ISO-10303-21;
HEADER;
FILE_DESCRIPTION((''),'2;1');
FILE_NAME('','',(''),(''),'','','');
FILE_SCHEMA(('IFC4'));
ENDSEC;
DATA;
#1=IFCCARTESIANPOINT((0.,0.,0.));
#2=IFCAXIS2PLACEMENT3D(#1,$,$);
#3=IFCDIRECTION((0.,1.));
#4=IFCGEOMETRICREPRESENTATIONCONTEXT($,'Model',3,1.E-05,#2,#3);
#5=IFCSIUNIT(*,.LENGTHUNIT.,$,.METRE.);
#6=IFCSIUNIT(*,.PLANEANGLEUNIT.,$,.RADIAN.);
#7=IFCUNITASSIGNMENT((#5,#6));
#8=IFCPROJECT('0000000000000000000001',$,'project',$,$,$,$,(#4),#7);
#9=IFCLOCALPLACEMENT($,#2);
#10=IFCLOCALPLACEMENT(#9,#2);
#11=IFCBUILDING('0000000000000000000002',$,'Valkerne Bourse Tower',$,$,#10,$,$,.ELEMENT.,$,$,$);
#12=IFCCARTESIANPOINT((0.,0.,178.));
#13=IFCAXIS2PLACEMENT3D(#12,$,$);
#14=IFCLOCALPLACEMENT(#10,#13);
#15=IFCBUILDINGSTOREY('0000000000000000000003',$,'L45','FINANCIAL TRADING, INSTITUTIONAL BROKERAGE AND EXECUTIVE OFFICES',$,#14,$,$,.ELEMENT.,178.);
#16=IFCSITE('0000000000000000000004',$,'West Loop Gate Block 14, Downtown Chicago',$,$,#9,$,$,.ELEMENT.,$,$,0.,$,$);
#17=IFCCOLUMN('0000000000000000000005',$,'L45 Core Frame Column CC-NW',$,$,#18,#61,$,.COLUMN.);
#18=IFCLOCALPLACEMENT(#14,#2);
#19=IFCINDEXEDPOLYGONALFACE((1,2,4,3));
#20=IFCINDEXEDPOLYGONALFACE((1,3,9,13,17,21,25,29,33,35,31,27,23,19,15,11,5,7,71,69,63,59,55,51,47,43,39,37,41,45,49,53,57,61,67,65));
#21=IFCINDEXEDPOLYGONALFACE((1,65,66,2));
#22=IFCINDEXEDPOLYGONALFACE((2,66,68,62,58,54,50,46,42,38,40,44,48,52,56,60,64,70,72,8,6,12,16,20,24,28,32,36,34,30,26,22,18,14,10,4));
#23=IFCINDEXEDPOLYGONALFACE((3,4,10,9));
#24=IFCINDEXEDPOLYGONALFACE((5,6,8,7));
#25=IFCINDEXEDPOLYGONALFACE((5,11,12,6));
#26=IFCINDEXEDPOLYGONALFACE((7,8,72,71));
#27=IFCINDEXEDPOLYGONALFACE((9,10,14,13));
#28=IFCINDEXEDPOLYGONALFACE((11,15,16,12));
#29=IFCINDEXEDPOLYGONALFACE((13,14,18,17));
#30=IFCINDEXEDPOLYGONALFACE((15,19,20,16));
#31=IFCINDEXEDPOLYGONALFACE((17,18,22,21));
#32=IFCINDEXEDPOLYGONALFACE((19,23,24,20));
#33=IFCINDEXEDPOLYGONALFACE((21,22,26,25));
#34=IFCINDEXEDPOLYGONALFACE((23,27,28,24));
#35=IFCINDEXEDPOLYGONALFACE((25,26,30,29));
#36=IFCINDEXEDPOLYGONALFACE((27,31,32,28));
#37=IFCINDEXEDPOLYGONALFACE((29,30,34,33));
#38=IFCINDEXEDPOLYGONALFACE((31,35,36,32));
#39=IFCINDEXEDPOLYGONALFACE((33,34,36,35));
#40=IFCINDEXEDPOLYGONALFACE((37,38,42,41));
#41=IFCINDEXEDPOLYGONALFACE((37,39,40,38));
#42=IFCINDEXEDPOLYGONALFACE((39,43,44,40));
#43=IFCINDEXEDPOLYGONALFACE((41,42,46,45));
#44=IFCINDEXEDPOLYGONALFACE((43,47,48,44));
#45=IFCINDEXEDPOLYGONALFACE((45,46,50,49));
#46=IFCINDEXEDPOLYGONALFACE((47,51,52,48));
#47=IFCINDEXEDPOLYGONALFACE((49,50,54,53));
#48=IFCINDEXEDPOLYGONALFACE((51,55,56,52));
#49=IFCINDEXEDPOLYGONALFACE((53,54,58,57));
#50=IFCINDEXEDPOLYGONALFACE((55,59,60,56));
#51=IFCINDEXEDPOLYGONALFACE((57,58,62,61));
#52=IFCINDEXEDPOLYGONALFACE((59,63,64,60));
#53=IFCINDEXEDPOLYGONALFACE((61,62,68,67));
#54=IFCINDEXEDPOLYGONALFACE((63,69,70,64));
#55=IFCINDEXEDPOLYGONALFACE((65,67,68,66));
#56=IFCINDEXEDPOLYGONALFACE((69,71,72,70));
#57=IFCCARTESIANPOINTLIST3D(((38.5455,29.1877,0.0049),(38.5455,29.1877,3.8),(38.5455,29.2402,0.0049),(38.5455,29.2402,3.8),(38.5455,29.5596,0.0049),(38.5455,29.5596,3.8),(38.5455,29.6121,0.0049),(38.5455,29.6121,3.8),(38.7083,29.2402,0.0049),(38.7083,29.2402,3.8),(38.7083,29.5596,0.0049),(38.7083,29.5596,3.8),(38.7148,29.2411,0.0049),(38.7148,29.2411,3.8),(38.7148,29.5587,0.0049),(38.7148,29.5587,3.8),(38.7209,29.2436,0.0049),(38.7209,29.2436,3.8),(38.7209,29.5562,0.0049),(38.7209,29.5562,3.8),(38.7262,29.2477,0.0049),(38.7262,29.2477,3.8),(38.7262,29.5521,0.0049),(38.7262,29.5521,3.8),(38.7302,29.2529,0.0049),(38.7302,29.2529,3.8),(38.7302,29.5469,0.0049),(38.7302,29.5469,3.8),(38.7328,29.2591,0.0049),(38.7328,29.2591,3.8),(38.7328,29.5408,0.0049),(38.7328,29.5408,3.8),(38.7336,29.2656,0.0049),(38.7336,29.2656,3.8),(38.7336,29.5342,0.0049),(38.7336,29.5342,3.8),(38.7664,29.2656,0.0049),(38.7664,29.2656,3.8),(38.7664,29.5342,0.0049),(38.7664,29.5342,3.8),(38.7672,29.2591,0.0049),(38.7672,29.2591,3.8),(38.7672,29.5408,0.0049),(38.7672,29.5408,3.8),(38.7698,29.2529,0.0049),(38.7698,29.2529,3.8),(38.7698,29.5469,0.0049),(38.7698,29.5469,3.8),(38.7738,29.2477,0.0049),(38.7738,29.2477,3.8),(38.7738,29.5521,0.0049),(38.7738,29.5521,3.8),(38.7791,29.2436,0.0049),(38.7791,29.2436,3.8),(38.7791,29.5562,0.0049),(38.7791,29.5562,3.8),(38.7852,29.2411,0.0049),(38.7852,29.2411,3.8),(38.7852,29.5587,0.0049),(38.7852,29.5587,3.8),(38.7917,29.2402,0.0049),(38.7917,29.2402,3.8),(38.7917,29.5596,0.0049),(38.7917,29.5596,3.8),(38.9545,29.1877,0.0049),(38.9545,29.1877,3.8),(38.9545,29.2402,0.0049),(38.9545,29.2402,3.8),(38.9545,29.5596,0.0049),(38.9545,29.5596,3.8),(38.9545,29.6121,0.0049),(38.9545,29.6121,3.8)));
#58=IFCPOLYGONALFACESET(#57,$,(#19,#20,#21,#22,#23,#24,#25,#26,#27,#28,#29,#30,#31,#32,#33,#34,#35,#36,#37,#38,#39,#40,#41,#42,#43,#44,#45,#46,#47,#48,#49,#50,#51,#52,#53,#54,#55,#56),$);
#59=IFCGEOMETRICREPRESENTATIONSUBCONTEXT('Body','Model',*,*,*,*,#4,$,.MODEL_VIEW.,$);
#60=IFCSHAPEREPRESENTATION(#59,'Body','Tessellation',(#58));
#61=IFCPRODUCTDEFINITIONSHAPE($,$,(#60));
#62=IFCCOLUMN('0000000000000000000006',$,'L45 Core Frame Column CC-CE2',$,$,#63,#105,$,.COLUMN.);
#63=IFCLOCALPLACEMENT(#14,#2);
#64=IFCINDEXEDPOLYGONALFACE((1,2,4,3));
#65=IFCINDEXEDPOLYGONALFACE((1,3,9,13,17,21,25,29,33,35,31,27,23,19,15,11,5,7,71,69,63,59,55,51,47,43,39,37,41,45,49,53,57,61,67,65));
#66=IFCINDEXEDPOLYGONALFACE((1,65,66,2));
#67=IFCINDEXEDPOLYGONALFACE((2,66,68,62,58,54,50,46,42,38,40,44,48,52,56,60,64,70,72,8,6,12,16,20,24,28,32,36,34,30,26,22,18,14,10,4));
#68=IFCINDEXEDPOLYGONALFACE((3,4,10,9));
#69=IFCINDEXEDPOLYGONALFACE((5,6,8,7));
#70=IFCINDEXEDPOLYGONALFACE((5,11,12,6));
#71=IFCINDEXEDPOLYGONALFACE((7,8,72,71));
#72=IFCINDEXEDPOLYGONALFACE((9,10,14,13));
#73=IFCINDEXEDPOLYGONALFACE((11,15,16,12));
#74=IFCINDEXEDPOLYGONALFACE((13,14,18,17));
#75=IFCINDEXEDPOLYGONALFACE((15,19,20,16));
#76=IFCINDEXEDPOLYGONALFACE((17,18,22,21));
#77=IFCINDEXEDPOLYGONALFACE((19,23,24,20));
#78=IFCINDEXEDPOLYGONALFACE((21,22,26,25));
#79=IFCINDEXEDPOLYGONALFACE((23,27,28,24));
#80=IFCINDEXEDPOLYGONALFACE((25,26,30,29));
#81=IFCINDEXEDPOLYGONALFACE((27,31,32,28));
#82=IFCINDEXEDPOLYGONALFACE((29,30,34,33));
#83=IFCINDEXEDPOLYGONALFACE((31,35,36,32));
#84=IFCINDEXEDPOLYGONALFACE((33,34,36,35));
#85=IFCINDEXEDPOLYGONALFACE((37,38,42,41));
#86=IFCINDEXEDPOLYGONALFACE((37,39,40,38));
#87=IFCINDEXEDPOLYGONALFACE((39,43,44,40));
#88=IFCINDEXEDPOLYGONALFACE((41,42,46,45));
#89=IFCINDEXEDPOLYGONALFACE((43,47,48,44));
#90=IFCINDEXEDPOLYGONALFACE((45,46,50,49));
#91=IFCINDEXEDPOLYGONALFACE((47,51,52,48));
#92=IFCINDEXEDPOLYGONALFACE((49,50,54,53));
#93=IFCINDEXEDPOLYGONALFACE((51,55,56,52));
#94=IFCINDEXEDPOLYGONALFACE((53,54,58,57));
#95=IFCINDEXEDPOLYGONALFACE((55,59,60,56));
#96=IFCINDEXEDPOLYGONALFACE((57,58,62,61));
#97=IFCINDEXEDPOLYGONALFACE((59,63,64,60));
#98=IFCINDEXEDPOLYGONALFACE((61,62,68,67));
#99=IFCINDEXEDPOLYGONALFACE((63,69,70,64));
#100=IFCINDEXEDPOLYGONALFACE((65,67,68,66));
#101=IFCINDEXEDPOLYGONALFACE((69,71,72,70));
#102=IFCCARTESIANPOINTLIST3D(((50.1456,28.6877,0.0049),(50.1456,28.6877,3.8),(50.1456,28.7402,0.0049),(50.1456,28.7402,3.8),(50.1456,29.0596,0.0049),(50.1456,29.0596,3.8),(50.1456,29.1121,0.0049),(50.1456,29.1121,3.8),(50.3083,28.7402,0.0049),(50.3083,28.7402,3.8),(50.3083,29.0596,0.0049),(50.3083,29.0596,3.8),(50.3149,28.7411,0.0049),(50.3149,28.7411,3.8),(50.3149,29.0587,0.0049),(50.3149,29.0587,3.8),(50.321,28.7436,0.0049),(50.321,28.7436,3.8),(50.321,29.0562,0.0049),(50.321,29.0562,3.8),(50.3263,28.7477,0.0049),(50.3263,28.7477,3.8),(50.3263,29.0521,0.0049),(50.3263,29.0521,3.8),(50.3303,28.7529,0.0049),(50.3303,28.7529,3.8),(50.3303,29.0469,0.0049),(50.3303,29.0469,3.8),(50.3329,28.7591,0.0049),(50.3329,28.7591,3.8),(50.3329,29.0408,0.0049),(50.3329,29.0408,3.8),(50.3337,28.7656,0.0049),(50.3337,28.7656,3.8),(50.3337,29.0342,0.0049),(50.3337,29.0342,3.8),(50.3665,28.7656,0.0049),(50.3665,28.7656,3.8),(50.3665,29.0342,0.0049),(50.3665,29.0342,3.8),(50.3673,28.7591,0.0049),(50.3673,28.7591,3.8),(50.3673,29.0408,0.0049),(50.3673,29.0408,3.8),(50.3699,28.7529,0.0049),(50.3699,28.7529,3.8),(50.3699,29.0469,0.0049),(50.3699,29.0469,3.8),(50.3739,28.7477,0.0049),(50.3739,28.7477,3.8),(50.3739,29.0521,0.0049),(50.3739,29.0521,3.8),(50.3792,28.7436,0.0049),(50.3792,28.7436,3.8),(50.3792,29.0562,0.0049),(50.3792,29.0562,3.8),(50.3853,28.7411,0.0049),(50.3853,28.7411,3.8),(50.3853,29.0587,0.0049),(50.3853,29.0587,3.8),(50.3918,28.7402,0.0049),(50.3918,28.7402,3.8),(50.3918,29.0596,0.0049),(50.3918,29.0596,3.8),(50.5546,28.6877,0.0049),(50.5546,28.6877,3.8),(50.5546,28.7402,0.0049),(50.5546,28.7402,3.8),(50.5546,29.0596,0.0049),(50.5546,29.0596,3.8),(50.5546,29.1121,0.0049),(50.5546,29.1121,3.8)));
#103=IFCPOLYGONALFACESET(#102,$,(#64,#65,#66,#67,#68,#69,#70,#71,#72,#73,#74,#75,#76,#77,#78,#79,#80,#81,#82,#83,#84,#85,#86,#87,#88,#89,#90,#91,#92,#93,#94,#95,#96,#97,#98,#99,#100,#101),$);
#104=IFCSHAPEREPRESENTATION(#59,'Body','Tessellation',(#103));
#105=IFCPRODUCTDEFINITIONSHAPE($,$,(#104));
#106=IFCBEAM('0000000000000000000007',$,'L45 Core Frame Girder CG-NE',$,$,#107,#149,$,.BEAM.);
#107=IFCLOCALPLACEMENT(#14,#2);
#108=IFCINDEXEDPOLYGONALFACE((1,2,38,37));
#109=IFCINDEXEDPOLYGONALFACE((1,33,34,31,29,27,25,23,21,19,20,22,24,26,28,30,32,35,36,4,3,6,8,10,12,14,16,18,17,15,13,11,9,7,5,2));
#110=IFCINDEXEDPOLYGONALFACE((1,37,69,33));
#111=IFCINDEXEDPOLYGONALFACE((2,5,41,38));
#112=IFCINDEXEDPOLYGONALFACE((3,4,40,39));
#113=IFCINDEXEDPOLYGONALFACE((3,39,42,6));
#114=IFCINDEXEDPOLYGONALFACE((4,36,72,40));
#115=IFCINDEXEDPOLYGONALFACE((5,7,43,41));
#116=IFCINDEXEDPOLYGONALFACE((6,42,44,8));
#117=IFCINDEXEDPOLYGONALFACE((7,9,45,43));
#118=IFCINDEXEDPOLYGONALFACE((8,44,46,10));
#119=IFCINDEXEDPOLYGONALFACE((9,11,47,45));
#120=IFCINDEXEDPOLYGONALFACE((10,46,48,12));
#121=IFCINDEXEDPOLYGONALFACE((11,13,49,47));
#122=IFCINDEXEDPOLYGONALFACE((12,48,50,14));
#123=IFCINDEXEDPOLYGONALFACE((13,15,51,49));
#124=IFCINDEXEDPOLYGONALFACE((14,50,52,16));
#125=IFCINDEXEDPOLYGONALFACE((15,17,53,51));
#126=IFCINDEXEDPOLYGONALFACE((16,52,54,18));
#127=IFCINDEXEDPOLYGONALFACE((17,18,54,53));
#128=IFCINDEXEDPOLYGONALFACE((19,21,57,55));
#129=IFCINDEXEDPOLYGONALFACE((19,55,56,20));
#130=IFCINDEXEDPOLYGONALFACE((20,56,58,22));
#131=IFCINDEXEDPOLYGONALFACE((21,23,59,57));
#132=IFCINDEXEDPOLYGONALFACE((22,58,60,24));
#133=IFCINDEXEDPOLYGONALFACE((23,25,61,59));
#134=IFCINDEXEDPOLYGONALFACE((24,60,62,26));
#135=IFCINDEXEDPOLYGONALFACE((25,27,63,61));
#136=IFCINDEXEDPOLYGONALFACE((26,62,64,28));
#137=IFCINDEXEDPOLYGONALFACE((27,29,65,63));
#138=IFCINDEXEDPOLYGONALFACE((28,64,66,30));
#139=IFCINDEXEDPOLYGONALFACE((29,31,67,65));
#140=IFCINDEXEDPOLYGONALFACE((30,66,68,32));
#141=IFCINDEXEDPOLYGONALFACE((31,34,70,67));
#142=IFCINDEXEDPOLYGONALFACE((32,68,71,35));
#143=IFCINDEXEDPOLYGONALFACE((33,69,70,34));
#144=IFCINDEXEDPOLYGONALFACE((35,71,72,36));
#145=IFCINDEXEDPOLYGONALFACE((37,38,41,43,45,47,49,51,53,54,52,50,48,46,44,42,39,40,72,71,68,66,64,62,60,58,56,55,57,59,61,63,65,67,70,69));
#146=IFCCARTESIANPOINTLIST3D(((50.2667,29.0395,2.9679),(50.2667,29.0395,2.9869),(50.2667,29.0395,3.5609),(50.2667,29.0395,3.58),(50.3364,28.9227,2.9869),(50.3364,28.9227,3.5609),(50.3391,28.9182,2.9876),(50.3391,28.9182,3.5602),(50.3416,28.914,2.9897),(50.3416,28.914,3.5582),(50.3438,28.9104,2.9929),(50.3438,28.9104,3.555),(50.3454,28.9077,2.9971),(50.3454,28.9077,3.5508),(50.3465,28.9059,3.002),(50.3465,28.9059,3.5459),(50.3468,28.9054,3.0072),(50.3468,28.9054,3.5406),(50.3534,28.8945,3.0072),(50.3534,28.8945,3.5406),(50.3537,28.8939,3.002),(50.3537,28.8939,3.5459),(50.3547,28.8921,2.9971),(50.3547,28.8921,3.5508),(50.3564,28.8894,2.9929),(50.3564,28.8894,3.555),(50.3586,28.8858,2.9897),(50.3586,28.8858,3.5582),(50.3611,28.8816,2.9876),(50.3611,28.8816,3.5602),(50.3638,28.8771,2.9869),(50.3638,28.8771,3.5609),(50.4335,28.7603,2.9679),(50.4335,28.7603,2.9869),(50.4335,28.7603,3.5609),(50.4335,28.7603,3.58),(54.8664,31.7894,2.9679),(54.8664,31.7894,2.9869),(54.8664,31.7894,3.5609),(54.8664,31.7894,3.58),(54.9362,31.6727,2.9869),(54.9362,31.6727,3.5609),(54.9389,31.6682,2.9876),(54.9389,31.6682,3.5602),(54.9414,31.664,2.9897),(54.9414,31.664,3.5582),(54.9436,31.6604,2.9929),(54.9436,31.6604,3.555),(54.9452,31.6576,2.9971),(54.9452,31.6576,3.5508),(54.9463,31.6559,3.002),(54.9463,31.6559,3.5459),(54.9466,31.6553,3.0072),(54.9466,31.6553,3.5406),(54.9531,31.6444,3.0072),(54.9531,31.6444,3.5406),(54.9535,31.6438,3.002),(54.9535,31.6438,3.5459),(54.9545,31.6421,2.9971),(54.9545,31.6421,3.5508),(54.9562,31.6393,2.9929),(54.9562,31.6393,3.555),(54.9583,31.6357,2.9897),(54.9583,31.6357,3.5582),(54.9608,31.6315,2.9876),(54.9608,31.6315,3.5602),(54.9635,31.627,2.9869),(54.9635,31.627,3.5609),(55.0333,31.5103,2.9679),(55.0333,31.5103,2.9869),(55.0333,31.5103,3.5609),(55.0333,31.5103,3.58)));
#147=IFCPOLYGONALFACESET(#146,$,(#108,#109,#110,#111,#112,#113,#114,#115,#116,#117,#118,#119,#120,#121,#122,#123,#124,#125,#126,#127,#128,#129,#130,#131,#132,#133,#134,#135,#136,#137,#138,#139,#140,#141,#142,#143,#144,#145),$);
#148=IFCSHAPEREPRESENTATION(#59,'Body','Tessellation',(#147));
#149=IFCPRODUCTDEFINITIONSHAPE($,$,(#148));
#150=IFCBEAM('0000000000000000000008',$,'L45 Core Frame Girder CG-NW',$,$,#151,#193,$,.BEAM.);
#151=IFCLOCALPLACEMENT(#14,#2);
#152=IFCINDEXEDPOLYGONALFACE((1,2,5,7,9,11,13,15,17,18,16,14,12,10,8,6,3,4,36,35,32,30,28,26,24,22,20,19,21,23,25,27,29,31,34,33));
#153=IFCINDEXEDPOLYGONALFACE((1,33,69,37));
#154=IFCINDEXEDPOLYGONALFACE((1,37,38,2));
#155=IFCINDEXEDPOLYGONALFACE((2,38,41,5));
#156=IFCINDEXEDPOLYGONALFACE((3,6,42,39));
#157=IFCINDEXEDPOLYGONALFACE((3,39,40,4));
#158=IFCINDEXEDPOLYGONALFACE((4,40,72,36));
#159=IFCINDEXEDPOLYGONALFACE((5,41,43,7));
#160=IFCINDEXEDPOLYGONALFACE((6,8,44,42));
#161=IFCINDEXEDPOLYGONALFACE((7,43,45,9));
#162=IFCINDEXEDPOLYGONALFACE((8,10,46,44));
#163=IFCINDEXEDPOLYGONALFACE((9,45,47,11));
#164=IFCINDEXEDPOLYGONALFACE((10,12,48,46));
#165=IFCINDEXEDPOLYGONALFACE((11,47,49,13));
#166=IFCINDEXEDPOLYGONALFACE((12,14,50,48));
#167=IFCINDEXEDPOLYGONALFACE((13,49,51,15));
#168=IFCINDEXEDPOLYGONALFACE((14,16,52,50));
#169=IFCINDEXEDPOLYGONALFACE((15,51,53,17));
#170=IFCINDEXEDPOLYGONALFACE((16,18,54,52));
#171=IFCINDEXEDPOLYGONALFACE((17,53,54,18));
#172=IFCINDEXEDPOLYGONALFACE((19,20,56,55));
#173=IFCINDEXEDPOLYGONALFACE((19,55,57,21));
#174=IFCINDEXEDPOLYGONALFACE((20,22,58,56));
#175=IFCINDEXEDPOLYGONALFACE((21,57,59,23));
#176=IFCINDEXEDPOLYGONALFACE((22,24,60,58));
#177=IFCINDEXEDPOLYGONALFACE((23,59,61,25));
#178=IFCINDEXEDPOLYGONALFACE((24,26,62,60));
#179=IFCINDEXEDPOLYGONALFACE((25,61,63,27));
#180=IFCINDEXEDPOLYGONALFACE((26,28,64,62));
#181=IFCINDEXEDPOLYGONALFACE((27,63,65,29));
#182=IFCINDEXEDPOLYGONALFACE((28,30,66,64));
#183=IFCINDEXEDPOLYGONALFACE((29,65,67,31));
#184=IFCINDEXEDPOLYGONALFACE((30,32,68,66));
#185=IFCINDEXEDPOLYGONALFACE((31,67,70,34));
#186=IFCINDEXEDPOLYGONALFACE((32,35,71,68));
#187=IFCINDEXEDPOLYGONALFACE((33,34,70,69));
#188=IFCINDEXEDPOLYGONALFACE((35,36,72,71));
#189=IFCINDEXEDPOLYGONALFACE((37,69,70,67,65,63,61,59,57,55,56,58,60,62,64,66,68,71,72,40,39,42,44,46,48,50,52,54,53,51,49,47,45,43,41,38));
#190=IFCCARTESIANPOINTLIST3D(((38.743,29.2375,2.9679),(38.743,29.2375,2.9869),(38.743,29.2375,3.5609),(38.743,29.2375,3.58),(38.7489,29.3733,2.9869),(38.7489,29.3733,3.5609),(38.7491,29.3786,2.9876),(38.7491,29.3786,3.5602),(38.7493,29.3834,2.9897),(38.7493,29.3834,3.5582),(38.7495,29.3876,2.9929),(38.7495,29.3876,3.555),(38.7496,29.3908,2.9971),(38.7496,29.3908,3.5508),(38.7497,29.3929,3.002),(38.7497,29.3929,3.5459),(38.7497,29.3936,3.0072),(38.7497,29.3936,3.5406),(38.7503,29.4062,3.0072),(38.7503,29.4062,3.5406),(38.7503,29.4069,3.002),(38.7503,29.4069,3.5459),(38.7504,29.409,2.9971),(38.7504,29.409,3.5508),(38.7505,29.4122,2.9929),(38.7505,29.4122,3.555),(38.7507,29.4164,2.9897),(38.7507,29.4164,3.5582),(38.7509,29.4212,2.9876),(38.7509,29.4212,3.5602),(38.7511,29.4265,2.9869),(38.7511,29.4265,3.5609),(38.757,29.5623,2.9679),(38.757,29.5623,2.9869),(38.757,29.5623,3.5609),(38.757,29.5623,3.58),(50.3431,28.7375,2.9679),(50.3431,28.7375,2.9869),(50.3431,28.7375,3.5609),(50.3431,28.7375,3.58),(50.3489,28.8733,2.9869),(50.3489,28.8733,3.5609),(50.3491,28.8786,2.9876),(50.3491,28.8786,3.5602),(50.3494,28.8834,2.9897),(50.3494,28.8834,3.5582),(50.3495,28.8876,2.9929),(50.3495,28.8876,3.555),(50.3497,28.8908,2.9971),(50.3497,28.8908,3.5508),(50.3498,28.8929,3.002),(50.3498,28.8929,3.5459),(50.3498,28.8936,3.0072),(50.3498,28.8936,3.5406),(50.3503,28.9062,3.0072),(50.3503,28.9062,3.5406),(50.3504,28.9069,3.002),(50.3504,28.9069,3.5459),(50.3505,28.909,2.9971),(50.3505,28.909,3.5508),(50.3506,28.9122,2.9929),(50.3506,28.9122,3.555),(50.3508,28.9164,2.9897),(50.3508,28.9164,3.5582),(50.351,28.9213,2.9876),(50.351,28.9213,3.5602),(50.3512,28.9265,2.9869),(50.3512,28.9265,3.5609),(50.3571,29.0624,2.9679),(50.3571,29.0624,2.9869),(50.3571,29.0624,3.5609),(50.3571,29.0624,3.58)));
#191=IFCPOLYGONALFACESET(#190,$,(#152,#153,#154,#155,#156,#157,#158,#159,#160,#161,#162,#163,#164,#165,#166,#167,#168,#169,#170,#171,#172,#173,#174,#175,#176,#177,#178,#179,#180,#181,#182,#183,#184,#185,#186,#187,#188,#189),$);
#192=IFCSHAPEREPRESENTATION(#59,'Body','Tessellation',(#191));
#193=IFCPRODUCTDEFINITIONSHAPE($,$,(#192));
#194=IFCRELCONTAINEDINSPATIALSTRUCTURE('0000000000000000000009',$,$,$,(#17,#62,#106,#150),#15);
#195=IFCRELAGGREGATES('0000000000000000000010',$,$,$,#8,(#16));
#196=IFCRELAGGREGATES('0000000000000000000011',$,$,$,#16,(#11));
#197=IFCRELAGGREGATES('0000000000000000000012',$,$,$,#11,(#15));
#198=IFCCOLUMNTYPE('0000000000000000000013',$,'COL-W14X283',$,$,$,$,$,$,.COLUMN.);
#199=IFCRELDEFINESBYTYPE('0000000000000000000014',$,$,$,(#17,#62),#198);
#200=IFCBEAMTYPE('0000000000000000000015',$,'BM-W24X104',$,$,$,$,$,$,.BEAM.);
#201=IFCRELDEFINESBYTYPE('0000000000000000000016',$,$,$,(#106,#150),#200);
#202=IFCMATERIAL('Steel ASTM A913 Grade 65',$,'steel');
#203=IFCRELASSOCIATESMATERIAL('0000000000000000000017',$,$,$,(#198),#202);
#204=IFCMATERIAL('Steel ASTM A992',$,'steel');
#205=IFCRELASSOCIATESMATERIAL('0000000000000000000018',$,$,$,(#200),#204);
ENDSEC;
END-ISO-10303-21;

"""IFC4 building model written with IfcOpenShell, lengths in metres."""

from ifc_helpers import new_model, si_unit, direction, frame, origin, origin_2d, place, context, subcontext, project, spatial, i_section, extrude, material, material_profile, profile_set, type_object, element, save


model = new_model("IFC4")

# Units and contexts
model_context = context("Model", 3, precision=1e-05, world=origin(), true_north=direction((0.0, 1.0)))
body_context = subcontext(model_context, "Body", "Model", "MODEL_VIEW")
ifc_project = project(units=[si_unit("LENGTHUNIT", "METRE"), si_unit("PLANEANGLEUNIT", "RADIAN")], contexts=[model_context])

# Site, building, storey
site_placement = place(None, origin())
site = spatial("IfcSite", under=ifc_project, at=site_placement, Name="West Loop Gate Block 14, Downtown Chicago", CompositionType="ELEMENT", RefElevation=0.0)
building_placement = place(site_placement, origin())
building = spatial("IfcBuilding", under=site, at=building_placement, Name="Valkerne Bourse Tower", CompositionType="ELEMENT")
storey_placement = place(building_placement, frame((0.0, 0.0, 178.0)))
storey = spatial("IfcBuildingStorey", under=building, at=storey_placement, Name="L45", Description="FINANCIAL TRADING, INSTITUTIONAL BROKERAGE AND EXECUTIVE OFFICES", CompositionType="ELEMENT", Elevation=178.0)

# Columns
ifc_material_1 = material(Name="Steel ASTM A913 Grade 65", Category="steel")
ifc_material_profile_1 = material_profile(ifc_material_1, i_section(OverallWidth=0.4089, OverallDepth=0.4243, WebThickness=0.0327, FlangeThickness=0.0525, FilletRadius=0.0254, at=origin_2d()), Name="W14X283")
ifc_profile_set_1 = profile_set([ifc_material_profile_1], Name="Steel ASTM A913 Grade 65")
column_type = type_object("IfcColumnType", Name="COL-W14X283", PredefinedType="COLUMN", material=ifc_profile_set_1)
for number, where, z_axis, x_axis, name in (
    (1, (38.75, 29.3999, 0.0049), (0.0, 0.0, 1.0), (1.0, 0.0, 0.0), "L45 Core Frame Column CC-NW"),
    (2, (50.3501, 28.8999, 0.0049), (0.0, 0.0, 1.0), (1.0, 0.0, 0.0), "L45 Core Frame Column CC-CE2"),
):
    element("IfcColumn", number, at=place(storey_placement, frame(where, z_axis=z_axis, x_axis=x_axis)), inside=storey, type_object=column_type, Name=name, PredefinedType="COLUMN", context=body_context, shape_type="SweptSolid", body=[
        extrude(i_section(OverallWidth=0.4089, OverallDepth=0.4243, WebThickness=0.0327, FlangeThickness=0.0525, FilletRadius=0.0254, at=origin_2d()), origin(), (0.0, 0.0, 1.0), 3.7952),
    ])

# Beams
ifc_material_2 = material(Name="Steel ASTM A992", Category="steel")
ifc_material_profile_2 = material_profile(ifc_material_2, i_section(OverallWidth=0.3252, OverallDepth=0.6121, WebThickness=0.0127, FlangeThickness=0.019, FilletRadius=0.0203, at=origin_2d()), Name="W24X104")
ifc_profile_set_2 = profile_set([ifc_material_profile_2], Name="Steel ASTM A992")
beam_type = type_object("IfcBeamType", Name="BM-W24X104", PredefinedType="BEAM", material=ifc_profile_set_2)
beam_1_placement = place(storey_placement, frame((50.3501, 28.8999, 3.2739), z_axis=(0.858308, 0.513135, 0.0), x_axis=(-0.513135, 0.858308, 0.0)))
element("IfcBeam", 3, at=beam_1_placement, inside=storey, type_object=beam_type, Name="L45 Core Frame Girder CG-NE", PredefinedType="BEAM", context=body_context, shape_type="SweptSolid", body=[
    extrude(i_section(OverallWidth=0.3252, OverallDepth=0.6121, WebThickness=0.0127, FlangeThickness=0.019, FilletRadius=0.0203, at=origin_2d()), origin(), (0.0, 0.0, 1.0), 5.3591),
])
beam_2_placement = place(storey_placement, frame((38.75, 29.3999, 3.2739), z_axis=(0.999072, -0.043063, 0.0), x_axis=(0.043063, 0.999072, 0.0)))
element("IfcBeam", 4, at=beam_2_placement, inside=storey, type_object=beam_type, Name="L45 Core Frame Girder CG-NW", PredefinedType="BEAM", context=body_context, shape_type="SweptSolid", body=[
    extrude(i_section(OverallWidth=0.3252, OverallDepth=0.6121, WebThickness=0.0127, FlangeThickness=0.019, FilletRadius=0.0203, at=origin_2d()), origin(), (0.0, 0.0, 1.0), 11.6108),
])

save(model, "model.ifc")
